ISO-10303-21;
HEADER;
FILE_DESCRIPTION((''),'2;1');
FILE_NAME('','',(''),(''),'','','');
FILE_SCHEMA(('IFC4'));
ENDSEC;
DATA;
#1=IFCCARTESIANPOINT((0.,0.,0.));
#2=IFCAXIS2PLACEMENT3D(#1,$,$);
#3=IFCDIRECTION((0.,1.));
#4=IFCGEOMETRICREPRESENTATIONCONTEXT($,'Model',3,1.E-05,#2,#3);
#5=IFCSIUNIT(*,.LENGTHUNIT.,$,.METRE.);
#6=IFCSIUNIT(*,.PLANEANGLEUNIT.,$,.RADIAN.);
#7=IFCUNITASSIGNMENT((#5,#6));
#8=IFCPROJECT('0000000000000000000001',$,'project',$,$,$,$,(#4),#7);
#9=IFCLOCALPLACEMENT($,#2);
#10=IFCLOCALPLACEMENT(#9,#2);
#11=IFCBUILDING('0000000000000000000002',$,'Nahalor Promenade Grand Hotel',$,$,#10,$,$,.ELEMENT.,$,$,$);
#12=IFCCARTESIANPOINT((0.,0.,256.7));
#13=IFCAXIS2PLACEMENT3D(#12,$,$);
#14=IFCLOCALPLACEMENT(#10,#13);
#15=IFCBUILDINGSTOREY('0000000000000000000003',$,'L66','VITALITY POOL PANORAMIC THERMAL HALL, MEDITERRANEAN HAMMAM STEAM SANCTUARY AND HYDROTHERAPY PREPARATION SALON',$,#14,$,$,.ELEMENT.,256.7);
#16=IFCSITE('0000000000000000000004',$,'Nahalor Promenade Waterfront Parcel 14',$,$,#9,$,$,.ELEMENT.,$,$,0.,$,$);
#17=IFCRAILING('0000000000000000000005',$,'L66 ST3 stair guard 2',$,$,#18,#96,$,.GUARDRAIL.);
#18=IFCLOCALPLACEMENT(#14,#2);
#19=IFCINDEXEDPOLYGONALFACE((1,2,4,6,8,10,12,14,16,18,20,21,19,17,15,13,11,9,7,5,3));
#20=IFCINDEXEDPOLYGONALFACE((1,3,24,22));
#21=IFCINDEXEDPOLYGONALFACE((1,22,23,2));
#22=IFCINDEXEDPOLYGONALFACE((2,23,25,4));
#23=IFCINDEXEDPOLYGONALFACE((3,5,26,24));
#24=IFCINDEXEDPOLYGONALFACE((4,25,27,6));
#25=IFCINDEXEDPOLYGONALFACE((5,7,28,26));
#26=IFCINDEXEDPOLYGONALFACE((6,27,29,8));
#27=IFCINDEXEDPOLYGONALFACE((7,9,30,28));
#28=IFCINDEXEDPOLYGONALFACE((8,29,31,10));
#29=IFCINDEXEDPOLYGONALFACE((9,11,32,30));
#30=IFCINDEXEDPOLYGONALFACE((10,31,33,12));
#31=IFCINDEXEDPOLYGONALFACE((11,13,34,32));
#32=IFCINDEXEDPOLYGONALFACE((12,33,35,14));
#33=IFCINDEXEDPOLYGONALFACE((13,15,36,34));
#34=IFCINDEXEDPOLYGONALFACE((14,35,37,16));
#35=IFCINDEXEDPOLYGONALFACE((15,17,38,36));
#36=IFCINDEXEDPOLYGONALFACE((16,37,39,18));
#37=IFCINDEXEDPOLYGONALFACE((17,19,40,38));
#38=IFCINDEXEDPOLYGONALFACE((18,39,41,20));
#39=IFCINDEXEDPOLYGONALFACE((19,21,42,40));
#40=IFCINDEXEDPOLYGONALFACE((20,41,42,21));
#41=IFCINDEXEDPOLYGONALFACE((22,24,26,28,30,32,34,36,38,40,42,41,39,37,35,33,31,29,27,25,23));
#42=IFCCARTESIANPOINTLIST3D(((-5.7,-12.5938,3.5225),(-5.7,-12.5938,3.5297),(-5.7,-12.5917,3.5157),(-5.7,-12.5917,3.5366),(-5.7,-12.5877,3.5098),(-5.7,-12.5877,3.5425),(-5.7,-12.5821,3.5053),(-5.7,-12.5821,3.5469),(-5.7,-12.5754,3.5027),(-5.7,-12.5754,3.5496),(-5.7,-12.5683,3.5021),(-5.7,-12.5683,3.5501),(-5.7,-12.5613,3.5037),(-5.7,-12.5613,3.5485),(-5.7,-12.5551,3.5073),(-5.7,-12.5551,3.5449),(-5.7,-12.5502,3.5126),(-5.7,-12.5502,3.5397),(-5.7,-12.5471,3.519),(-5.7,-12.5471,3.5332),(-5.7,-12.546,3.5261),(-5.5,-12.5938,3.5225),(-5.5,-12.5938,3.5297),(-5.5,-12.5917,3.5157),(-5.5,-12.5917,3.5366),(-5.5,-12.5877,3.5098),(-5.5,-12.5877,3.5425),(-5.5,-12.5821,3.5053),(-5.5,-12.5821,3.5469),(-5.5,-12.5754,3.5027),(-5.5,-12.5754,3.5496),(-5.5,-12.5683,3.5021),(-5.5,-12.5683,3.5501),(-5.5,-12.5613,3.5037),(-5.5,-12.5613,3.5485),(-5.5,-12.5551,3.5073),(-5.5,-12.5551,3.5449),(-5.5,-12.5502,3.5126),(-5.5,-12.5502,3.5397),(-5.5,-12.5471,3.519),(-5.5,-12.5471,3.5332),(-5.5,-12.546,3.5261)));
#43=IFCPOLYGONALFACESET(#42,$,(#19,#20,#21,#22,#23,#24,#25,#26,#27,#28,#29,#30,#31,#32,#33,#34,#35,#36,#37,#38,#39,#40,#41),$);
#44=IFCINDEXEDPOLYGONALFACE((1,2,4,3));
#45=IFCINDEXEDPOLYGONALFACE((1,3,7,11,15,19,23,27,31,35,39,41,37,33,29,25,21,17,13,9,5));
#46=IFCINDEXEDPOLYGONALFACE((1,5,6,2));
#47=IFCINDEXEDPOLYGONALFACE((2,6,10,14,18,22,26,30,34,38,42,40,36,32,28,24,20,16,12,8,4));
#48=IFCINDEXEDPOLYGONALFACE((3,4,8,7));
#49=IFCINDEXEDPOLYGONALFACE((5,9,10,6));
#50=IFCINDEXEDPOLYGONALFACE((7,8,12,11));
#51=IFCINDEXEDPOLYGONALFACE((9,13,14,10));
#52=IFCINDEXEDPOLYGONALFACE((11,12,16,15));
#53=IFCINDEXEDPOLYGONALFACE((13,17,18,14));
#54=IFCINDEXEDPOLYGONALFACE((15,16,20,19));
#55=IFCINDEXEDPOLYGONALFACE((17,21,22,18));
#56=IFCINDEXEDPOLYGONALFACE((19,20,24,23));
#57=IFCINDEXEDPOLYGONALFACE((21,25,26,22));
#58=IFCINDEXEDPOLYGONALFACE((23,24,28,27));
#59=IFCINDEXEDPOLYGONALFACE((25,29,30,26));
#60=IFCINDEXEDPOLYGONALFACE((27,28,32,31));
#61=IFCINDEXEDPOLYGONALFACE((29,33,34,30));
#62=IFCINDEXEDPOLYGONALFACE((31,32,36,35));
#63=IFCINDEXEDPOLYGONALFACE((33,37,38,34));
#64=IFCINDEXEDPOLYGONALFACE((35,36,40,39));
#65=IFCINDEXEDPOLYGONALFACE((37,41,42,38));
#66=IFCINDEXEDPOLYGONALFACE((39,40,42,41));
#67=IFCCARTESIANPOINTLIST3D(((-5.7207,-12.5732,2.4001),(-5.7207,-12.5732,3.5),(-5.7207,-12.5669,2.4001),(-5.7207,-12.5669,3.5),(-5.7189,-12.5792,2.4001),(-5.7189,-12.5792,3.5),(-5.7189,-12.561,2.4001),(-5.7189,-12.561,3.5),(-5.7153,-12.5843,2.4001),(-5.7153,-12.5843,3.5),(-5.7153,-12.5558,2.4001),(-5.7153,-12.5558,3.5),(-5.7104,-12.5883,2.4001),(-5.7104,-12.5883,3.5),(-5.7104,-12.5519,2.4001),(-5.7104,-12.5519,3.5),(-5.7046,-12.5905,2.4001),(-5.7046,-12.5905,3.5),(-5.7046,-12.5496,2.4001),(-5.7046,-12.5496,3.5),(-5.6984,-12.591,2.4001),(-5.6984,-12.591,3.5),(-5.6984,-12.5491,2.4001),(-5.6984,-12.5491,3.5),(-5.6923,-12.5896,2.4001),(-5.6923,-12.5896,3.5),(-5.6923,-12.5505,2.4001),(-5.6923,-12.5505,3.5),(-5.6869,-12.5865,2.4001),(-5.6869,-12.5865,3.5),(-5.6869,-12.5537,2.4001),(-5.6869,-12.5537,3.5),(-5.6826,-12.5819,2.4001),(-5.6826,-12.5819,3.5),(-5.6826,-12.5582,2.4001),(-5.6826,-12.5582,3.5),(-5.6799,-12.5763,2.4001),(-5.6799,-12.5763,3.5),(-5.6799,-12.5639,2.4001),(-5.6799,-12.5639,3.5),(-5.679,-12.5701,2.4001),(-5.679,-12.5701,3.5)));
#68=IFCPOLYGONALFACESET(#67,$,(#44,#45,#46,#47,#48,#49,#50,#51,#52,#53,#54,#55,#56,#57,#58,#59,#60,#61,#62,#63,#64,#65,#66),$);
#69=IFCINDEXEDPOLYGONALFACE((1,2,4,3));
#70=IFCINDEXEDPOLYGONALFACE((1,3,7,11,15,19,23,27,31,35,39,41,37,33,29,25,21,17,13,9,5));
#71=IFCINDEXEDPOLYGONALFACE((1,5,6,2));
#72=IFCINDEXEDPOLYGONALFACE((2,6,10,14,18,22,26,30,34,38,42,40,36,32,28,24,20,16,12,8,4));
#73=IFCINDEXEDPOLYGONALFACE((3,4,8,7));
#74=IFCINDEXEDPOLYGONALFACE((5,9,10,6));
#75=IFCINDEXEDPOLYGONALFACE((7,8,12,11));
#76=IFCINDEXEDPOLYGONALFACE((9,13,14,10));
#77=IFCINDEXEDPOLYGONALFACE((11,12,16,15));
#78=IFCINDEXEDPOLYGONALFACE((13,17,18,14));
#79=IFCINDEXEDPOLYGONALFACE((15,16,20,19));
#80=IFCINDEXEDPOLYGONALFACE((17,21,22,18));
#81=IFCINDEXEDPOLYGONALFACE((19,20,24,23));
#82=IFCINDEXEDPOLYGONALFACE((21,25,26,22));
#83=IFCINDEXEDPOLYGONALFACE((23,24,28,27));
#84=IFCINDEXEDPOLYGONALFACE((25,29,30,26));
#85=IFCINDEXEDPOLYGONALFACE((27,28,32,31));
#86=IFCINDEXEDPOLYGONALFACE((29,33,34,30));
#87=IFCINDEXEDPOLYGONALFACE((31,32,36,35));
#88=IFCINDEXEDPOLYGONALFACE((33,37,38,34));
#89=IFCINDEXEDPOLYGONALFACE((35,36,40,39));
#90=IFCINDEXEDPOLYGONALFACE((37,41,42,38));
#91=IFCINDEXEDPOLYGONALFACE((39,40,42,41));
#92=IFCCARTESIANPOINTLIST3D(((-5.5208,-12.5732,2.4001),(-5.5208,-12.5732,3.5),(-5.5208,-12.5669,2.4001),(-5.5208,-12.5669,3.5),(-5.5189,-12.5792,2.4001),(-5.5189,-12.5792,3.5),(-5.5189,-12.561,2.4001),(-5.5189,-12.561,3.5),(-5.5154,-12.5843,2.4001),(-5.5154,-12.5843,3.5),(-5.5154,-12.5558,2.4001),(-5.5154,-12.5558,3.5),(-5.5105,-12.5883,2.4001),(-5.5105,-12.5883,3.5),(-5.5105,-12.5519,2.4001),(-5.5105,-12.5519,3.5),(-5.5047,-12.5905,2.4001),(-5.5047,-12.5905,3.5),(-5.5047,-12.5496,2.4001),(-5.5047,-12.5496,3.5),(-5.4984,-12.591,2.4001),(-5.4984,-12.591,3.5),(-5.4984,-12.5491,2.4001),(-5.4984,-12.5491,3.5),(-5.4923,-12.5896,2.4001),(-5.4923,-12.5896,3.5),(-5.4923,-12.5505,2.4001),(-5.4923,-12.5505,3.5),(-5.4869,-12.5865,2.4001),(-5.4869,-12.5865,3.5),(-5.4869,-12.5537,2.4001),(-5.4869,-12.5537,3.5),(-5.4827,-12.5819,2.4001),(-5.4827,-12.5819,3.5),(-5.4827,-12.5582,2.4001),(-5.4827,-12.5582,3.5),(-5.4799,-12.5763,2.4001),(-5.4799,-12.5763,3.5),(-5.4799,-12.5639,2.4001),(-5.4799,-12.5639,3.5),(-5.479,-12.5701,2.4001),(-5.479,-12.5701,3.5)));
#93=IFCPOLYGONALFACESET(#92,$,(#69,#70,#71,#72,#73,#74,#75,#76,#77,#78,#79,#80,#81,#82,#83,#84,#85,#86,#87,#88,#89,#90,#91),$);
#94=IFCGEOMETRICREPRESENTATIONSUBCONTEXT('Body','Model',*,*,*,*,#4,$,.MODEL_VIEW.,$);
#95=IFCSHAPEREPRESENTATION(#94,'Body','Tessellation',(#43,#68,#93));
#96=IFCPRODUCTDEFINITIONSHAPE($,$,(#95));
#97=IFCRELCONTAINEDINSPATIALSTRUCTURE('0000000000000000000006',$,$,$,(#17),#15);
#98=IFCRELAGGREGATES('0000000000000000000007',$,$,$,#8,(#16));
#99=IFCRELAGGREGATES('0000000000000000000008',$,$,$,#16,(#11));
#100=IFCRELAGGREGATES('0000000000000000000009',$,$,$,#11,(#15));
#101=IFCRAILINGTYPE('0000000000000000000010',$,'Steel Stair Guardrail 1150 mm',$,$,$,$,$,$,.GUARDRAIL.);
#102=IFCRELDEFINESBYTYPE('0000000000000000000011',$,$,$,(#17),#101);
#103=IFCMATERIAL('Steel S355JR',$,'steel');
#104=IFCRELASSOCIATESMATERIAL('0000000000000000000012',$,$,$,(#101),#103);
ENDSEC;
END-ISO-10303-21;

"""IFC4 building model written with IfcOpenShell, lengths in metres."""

from ifc_helpers import new_model, si_unit, direction, frame, origin, origin_2d, place, context, subcontext, project, spatial, circle, extrude, material, type_object, element, save


model = new_model("IFC4")

# Units and contexts
model_context = context("Model", 3, precision=1e-05, world=origin(), true_north=direction((0.0, 1.0)))
body_context = subcontext(model_context, "Body", "Model", "MODEL_VIEW")
ifc_project = project(units=[si_unit("LENGTHUNIT", "METRE"), si_unit("PLANEANGLEUNIT", "RADIAN")], contexts=[model_context])

# Site, building, storey
site_placement = place(None, origin())
site = spatial("IfcSite", under=ifc_project, at=site_placement, Name="Nahalor Promenade Waterfront Parcel 14", CompositionType="ELEMENT", RefElevation=0.0)
building_placement = place(site_placement, origin())
building = spatial("IfcBuilding", under=site, at=building_placement, Name="Nahalor Promenade Grand Hotel", CompositionType="ELEMENT")
storey_placement = place(building_placement, frame((0.0, 0.0, 256.7)))
storey = spatial("IfcBuildingStorey", under=building, at=storey_placement, Name="L66", Description="VITALITY POOL PANORAMIC THERMAL HALL, MEDITERRANEAN HAMMAM STEAM SANCTUARY AND HYDROTHERAPY PREPARATION SALON", CompositionType="ELEMENT", Elevation=256.7)

# Shared definitions
ifc_material_1 = material(Name="Steel S355JR", Category="steel")

# Railing
railing_type_1 = type_object("IfcRailingType", Name="Steel Stair Guardrail 1150 mm", PredefinedType="GUARDRAIL", material=ifc_material_1)
railing_1_placement = place(storey_placement, frame((-5.7, -12.5701, 2.4001)))
element("IfcRailing", 1, at=railing_1_placement, inside=storey, type_object=railing_type_1, Name="L66 ST3 stair guard 2", PredefinedType="GUARDRAIL", context=body_context, shape_type="SweptSolid", body=[
    extrude(circle(Radius=0.024, at=origin_2d()), frame((0.0, 0.0, 1.126), z_axis=(1.0, 0.0, 0.0), x_axis=(0.0, 1.0, 0.0)), (0.0, 0.0, 1.0), 0.2),
    extrude(circle(Radius=0.021, at=origin_2d()), origin(), (0.0, 0.0, 1.0), 1.0999),
    extrude(circle(Radius=0.021, at=origin_2d()), frame((0.2, 0.0, 0.0)), (0.0, 0.0, 1.0), 1.0999),
])

save(model, "model.ifc")
